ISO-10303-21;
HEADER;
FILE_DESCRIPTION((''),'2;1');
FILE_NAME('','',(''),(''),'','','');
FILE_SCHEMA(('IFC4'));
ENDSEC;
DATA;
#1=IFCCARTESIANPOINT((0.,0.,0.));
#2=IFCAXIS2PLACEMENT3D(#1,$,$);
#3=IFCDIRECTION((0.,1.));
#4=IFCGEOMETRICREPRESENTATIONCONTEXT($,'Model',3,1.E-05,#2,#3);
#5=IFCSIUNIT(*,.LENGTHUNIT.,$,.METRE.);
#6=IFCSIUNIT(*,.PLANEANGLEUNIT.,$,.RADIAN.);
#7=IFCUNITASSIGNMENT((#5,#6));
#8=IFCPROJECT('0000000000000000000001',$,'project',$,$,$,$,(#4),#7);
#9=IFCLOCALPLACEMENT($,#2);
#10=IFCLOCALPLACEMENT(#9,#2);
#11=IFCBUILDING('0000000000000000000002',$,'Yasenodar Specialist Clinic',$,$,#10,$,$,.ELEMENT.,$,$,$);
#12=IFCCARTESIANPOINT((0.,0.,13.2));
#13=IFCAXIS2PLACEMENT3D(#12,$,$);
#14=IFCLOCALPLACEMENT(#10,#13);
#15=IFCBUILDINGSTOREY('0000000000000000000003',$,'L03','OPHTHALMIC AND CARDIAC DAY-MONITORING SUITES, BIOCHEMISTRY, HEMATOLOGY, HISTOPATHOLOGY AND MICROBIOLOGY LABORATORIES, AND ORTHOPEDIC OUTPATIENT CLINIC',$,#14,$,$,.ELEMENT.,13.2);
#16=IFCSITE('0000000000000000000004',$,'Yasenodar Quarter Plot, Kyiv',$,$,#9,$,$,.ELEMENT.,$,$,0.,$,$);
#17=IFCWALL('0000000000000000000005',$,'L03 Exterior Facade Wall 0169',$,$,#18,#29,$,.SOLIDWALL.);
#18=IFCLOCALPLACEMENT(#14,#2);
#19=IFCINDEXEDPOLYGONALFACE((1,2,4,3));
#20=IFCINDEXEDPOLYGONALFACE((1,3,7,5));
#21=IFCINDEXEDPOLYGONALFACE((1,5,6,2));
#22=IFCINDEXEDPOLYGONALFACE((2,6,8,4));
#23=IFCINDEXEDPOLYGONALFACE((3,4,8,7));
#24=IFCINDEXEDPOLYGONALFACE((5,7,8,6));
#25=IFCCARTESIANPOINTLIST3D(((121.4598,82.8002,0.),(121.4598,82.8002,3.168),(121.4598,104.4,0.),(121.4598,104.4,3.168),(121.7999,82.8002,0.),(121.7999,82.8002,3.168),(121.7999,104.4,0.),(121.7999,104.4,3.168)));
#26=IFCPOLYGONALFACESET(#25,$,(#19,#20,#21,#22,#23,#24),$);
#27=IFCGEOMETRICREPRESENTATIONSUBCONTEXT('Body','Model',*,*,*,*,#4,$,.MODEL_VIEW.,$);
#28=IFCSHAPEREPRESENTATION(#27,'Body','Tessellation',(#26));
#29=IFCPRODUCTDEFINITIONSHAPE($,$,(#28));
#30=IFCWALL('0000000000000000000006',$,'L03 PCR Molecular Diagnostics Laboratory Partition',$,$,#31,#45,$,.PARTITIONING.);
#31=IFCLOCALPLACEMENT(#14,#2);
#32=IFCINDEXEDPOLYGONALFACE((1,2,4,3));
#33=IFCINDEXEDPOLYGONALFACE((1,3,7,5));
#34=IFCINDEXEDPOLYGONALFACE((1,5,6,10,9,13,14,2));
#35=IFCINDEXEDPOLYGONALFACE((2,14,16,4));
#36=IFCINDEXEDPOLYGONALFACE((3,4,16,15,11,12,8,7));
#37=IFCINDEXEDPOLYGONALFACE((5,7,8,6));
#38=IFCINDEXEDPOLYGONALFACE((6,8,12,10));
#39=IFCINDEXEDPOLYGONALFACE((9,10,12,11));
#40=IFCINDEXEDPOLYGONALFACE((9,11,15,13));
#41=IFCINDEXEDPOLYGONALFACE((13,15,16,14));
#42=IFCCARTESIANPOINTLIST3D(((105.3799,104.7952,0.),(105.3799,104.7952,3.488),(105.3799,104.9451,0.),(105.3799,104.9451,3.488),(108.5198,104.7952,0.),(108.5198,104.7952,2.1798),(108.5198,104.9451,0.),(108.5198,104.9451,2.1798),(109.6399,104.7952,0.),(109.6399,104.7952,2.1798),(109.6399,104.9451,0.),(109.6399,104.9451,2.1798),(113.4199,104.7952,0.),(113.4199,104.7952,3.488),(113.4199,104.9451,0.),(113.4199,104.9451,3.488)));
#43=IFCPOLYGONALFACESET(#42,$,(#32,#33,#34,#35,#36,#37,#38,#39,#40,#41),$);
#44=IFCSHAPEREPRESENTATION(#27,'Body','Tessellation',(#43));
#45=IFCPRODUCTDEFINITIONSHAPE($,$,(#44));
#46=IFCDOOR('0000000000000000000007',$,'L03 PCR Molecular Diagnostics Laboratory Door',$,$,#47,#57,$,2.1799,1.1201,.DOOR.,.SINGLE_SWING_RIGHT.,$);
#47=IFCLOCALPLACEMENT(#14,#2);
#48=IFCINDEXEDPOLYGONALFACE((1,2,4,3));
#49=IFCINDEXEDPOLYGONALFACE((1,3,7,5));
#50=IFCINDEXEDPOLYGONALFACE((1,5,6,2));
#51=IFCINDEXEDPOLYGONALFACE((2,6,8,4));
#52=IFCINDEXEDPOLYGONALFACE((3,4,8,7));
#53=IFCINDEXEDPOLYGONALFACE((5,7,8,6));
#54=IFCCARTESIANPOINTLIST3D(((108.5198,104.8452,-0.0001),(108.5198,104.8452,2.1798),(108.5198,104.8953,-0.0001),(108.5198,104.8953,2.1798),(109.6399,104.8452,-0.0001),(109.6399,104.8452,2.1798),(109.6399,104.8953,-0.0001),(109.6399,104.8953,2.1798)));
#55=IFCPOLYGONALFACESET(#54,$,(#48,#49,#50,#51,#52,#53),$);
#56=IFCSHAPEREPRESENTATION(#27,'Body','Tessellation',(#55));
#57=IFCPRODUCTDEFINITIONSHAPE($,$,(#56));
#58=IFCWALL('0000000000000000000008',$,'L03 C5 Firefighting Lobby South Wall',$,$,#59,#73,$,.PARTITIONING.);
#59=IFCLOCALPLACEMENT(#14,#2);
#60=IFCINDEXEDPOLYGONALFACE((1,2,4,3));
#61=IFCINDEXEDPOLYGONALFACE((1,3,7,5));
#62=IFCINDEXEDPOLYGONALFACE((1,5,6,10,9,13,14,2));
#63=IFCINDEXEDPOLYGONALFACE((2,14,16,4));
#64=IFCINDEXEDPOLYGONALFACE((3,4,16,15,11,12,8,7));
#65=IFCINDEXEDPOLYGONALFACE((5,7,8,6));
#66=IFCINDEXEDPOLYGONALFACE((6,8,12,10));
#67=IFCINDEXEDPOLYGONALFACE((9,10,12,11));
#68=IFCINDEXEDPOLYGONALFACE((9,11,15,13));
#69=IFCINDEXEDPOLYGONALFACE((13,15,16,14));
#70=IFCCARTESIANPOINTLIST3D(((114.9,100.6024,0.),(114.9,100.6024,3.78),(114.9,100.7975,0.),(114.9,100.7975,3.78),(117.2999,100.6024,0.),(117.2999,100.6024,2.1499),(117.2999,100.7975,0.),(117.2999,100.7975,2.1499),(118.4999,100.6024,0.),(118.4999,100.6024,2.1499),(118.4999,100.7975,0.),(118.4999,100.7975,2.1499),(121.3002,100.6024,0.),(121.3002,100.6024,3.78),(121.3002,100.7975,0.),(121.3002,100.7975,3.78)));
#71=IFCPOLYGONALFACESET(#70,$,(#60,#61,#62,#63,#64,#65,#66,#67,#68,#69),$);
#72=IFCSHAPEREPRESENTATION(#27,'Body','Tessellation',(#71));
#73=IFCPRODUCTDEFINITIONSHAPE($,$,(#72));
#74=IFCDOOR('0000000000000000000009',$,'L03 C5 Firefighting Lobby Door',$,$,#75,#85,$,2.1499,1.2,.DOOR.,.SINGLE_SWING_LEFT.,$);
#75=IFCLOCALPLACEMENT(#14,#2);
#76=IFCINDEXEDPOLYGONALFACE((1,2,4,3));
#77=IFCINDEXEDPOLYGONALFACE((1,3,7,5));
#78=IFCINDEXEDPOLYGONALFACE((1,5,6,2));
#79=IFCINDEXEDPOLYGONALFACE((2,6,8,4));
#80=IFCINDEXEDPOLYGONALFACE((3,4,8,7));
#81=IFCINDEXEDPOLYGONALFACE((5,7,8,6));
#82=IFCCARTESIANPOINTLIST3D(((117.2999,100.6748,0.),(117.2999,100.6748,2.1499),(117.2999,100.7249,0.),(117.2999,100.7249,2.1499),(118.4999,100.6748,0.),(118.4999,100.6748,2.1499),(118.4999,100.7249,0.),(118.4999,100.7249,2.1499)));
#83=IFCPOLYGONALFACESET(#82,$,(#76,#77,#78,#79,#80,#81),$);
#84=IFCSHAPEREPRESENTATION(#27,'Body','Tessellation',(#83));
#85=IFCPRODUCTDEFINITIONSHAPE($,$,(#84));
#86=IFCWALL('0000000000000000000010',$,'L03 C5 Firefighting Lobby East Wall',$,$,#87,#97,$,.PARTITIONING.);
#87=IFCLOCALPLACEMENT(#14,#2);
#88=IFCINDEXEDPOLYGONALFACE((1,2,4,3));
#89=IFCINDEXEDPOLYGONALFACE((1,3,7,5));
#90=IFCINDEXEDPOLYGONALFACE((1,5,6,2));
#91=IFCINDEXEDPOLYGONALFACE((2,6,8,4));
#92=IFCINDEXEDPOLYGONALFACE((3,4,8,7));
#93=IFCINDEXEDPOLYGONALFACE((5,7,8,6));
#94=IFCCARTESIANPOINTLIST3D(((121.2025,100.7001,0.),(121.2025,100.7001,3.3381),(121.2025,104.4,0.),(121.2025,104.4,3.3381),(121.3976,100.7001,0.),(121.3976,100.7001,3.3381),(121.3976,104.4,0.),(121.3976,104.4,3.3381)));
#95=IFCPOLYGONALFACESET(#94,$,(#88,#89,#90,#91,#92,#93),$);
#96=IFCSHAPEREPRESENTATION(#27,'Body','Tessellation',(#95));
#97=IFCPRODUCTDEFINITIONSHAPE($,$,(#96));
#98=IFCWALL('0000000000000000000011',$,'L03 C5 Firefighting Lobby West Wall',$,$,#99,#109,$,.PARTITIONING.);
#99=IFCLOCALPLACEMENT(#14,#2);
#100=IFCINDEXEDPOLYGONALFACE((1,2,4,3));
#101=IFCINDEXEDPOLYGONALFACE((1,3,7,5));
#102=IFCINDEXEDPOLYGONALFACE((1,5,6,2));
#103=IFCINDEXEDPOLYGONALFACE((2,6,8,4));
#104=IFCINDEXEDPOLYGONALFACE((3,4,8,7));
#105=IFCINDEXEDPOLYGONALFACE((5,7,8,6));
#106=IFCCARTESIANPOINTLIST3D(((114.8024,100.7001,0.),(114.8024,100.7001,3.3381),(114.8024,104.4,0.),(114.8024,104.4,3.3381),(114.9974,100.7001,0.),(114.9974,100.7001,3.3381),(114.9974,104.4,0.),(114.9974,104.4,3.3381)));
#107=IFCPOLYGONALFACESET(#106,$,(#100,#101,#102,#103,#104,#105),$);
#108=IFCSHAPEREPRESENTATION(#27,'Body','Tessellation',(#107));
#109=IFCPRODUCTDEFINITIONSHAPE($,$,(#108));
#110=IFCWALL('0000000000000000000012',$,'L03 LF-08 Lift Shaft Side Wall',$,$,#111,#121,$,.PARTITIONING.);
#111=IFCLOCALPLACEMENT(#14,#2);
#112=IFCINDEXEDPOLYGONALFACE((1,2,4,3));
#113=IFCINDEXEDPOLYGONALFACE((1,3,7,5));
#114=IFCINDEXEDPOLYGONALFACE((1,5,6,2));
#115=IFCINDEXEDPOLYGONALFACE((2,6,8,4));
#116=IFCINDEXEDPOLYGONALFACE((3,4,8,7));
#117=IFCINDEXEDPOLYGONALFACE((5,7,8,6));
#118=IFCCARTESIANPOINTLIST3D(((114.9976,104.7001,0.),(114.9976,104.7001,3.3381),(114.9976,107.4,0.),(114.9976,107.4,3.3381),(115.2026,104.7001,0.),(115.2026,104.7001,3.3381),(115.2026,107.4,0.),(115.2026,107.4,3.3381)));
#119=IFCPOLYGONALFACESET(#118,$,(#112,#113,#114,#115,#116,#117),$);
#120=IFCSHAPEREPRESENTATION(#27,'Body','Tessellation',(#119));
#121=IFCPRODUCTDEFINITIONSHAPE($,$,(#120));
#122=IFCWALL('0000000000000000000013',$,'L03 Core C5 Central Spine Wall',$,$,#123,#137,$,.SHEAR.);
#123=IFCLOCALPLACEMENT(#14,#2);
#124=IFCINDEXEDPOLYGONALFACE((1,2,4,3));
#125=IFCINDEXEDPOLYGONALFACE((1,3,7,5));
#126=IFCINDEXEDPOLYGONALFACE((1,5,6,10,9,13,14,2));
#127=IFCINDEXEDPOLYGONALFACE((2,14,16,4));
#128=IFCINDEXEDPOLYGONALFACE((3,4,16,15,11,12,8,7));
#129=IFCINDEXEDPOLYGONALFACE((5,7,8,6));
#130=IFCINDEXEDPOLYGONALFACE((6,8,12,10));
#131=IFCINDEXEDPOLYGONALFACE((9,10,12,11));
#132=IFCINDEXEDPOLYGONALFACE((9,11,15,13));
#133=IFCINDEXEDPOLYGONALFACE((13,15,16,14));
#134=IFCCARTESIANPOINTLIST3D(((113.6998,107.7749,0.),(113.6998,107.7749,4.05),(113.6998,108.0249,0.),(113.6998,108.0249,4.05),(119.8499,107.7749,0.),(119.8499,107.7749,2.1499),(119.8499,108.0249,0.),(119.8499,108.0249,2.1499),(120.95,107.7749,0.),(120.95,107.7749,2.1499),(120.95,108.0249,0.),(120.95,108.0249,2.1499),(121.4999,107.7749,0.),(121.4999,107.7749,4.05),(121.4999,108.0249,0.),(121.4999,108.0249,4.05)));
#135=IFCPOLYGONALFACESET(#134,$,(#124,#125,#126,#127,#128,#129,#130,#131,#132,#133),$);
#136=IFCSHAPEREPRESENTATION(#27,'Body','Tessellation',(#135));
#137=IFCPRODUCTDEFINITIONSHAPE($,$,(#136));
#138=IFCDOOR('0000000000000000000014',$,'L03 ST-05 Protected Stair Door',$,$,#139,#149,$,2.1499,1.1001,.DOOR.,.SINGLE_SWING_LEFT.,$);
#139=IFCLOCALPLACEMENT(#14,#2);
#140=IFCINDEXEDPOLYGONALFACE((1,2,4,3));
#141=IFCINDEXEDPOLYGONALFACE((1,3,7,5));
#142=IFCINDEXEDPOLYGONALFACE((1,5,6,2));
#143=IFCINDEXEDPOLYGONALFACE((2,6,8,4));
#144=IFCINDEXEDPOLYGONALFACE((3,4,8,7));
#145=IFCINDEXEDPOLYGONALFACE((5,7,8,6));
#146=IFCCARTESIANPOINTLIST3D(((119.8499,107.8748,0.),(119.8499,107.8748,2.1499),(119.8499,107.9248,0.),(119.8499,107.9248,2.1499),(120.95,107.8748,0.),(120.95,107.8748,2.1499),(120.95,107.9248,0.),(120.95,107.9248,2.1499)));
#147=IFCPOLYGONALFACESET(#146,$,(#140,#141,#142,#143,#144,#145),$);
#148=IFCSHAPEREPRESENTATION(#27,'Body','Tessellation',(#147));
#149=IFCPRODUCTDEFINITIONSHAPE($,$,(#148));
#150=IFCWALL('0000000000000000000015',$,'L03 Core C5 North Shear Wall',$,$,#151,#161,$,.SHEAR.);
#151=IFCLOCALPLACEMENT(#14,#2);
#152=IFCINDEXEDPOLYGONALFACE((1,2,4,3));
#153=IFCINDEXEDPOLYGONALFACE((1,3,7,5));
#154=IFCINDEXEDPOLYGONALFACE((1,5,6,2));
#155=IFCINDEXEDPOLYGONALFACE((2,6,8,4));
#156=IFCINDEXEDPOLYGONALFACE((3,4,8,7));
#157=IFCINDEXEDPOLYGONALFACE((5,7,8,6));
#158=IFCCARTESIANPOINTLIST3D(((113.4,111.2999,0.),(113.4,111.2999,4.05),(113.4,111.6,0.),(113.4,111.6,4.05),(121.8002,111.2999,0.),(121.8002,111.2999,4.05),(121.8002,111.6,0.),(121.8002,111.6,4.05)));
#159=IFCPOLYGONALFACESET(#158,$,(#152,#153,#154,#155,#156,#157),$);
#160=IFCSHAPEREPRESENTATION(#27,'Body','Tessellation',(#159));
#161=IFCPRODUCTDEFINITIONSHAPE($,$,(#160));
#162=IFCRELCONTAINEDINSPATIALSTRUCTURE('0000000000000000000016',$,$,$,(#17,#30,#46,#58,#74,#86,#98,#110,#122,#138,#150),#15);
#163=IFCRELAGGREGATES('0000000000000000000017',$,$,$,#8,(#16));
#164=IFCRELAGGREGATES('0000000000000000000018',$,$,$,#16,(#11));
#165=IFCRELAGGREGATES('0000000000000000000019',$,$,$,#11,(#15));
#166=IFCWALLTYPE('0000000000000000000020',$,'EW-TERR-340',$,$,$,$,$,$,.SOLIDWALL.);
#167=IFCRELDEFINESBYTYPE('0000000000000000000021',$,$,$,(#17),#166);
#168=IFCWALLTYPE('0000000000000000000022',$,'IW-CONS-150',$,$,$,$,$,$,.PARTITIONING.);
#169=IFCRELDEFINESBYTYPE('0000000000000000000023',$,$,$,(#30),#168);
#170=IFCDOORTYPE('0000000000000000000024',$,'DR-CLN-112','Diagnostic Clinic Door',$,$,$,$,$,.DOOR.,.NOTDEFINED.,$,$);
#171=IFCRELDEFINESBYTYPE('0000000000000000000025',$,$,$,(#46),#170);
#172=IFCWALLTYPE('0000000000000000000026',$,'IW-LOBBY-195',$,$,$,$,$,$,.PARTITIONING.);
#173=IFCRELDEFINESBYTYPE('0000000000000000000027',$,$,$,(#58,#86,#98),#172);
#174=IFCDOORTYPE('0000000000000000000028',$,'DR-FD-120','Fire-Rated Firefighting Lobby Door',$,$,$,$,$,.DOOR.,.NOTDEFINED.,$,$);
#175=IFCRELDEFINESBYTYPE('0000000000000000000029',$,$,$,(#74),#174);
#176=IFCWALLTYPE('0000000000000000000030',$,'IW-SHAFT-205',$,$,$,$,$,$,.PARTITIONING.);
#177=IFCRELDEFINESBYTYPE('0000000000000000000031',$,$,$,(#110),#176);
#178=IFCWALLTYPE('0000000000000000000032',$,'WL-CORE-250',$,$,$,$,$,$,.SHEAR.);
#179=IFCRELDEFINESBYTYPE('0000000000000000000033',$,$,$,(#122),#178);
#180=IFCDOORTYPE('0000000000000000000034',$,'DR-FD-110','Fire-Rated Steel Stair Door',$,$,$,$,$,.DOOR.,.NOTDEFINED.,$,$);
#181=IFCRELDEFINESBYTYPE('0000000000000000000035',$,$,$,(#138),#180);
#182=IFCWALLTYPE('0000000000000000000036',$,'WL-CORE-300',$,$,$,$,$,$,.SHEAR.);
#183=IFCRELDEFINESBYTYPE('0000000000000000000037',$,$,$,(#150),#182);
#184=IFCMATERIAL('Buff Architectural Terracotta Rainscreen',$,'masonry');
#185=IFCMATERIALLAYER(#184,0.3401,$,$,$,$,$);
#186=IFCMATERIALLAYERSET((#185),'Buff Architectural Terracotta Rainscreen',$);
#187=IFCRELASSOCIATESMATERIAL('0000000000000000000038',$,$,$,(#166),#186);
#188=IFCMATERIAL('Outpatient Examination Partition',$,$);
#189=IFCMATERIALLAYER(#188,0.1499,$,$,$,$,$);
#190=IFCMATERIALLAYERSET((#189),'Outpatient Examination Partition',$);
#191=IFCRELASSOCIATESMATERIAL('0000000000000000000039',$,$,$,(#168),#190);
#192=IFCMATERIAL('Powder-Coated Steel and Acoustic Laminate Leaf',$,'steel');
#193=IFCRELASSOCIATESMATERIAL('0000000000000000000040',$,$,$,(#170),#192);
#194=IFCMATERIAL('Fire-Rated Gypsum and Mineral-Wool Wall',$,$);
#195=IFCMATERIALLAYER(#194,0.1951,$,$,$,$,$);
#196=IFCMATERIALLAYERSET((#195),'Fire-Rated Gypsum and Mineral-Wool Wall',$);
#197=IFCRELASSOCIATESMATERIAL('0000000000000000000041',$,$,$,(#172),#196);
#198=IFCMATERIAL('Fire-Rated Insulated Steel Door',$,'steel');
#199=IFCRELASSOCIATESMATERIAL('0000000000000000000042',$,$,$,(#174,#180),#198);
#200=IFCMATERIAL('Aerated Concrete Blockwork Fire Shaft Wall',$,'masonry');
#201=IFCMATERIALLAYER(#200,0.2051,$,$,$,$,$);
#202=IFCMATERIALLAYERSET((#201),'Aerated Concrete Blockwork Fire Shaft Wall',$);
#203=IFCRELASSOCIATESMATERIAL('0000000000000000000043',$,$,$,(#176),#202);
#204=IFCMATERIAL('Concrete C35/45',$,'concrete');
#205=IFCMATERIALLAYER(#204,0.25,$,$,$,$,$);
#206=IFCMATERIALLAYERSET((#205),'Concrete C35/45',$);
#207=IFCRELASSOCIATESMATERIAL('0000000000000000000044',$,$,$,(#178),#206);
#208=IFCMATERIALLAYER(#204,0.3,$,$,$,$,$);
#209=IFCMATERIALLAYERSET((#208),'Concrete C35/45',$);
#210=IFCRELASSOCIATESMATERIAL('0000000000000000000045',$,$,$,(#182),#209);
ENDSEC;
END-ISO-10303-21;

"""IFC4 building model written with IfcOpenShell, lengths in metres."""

from ifc_helpers import new_model, si_unit, direction, frame, frame_2d, origin, place, context, subcontext, project, spatial, rectangle, extrude, material, layer, layer_set, type_object, element, fill, save


model = new_model("IFC4")

# Units and contexts
model_context = context("Model", 3, precision=1e-05, world=origin(), true_north=direction((0.0, 1.0)))
body_context = subcontext(model_context, "Body", "Model", "MODEL_VIEW")
ifc_project = project(units=[si_unit("LENGTHUNIT", "METRE"), si_unit("PLANEANGLEUNIT", "RADIAN")], contexts=[model_context])

# Site, building, storey
site_placement = place(None, origin())
site = spatial("IfcSite", under=ifc_project, at=site_placement, Name="Yasenodar Quarter Plot, Kyiv", CompositionType="ELEMENT", RefElevation=0.0)
building_placement = place(site_placement, origin())
building = spatial("IfcBuilding", under=site, at=building_placement, Name="Yasenodar Specialist Clinic", CompositionType="ELEMENT")
storey_placement = place(building_placement, frame((0.0, 0.0, 13.2)))
storey = spatial("IfcBuildingStorey", under=building, at=storey_placement, Name="L03", Description="OPHTHALMIC AND CARDIAC DAY-MONITORING SUITES, BIOCHEMISTRY, HEMATOLOGY, HISTOPATHOLOGY AND MICROBIOLOGY LABORATORIES, AND ORTHOPEDIC OUTPATIENT CLINIC", CompositionType="ELEMENT", Elevation=13.2)

# Wall
ifc_material_1 = material(Name="Buff Architectural Terracotta Rainscreen", Category="masonry")
ifc_layer_1 = layer(ifc_material_1, 0.3401)
ifc_layer_set_1 = layer_set([ifc_layer_1], Name="Buff Architectural Terracotta Rainscreen")
wall_type_1 = type_object("IfcWallType", Name="EW-TERR-340", PredefinedType="SOLIDWALL", material=ifc_layer_set_1)
wall_1_placement = place(storey_placement, frame((121.6299, 104.3999, 0.0), z_axis=(0.0, 0.0, 1.0), x_axis=(0.0, -1.0, 0.0)))
element("IfcWall", 1, at=wall_1_placement, inside=storey, type_object=wall_type_1, Name="L03 Exterior Facade Wall 0169", PredefinedType="SOLIDWALL", context=body_context, shape_type="SweptSolid", body=[
    extrude(rectangle(XDim=21.5999, YDim=0.3401, at=frame_2d((10.7998, 0.0))), origin(), (0.0, 0.0, 1.0), 3.168),
])

# Walls, openings, doors
ifc_material_2 = material(Name="Outpatient Examination Partition")
ifc_layer_2 = layer(ifc_material_2, 0.1499)
ifc_layer_set_2 = layer_set([ifc_layer_2], Name="Outpatient Examination Partition")
wall_type_2 = type_object("IfcWallType", Name="IW-CONS-150", PredefinedType="PARTITIONING", material=ifc_layer_set_2)
wall_2_placement = place(storey_placement, frame((113.4199, 104.8701, 0.0), z_axis=(0.0, 0.0, 1.0), x_axis=(-1.0, 0.0, 0.0)))
wall_2 = element("IfcWall", 2, at=wall_2_placement, inside=storey, type_object=wall_type_2, Name="L03 PCR Molecular Diagnostics Laboratory Partition", PredefinedType="PARTITIONING", context=body_context, shape_type="SweptSolid", body=[
    extrude(rectangle(XDim=8.04, YDim=0.1499, at=frame_2d((4.02, 0.0))), origin(), (0.0, 0.0, 1.0), 3.488),
])
opening_1_placement = place(wall_2_placement, frame((3.78, 0.0, 0.0)))
opening_1 = element("IfcOpeningElement", 3, at=opening_1_placement, cuts=wall_2, PredefinedType="OPENING", context=body_context, shape_type="SweptSolid", body=[
    extrude(rectangle(XDim=1.1201, YDim=2.1799, at=frame_2d((0.5601, 1.0898))), frame((0.0, 0.085, 0.0), z_axis=(0.0, -1.0, 0.0), x_axis=(1.0, 0.0, 0.0)), (0.0, 0.0, 1.0), 0.1699),
])
ifc_material_3 = material(Name="Powder-Coated Steel and Acoustic Laminate Leaf", Category="steel")
door_type_1 = type_object("IfcDoorType", Name="DR-CLN-112", Description="Diagnostic Clinic Door", OperationType="NOTDEFINED", PredefinedType="DOOR", material=ifc_material_3)
door_1_placement = place(opening_1_placement, origin())
door_1 = element("IfcDoor", 4, at=door_1_placement, inside=storey, type_object=door_type_1, Name="L03 PCR Molecular Diagnostics Laboratory Door", OperationType="SINGLE_SWING_RIGHT", OverallHeight=2.1799, OverallWidth=1.1201, PredefinedType="DOOR", context=body_context, shape_type="SweptSolid", body=[
    extrude(rectangle(XDim=1.1201, YDim=2.1799, at=frame_2d((0.5601, 1.0898))), frame((0.0, 0.0249, 0.0), z_axis=(0.0, -1.0, 0.0), x_axis=(1.0, 0.0, 0.0)), (0.0, 0.0, 1.0), 0.05),
])
fill(opening_1, door_1)
ifc_material_4 = material(Name="Fire-Rated Gypsum and Mineral-Wool Wall")
ifc_layer_3 = layer(ifc_material_4, 0.1951)
ifc_layer_set_3 = layer_set([ifc_layer_3], Name="Fire-Rated Gypsum and Mineral-Wool Wall")
wall_type_3 = type_object("IfcWallType", Name="IW-LOBBY-195", PredefinedType="PARTITIONING", material=ifc_layer_set_3)
wall_3_placement = place(storey_placement, frame((114.8999, 100.7, 0.0), z_axis=(0.0, 0.0, 1.0), x_axis=(1.0, 0.0, 0.0)))
wall_3 = element("IfcWall", 5, at=wall_3_placement, inside=storey, type_object=wall_type_3, Name="L03 C5 Firefighting Lobby South Wall", PredefinedType="PARTITIONING", context=body_context, shape_type="SweptSolid", body=[
    extrude(rectangle(XDim=6.4001, YDim=0.1951, at=frame_2d((3.2002, 0.0))), origin(), (0.0, 0.0, 1.0), 3.78),
])
opening_2_placement = place(wall_3_placement, frame((2.3999, 0.0, 0.0)))
opening_2 = element("IfcOpeningElement", 6, at=opening_2_placement, cuts=wall_3, PredefinedType="OPENING", context=body_context, shape_type="SweptSolid", body=[
    extrude(rectangle(XDim=1.2, YDim=2.1499, at=frame_2d((0.6001, 1.075))), frame((0.0, 0.1074, 0.0), z_axis=(0.0, -1.0, 0.0), x_axis=(1.0, 0.0, 0.0)), (0.0, 0.0, 1.0), 0.2151),
])
ifc_material_5 = material(Name="Fire-Rated Insulated Steel Door", Category="steel")
door_type_2 = type_object("IfcDoorType", Name="DR-FD-120", Description="Fire-Rated Firefighting Lobby Door", OperationType="NOTDEFINED", PredefinedType="DOOR", material=ifc_material_5)
door_2_placement = place(opening_2_placement, origin())
door_2 = element("IfcDoor", 7, at=door_2_placement, inside=storey, type_object=door_type_2, Name="L03 C5 Firefighting Lobby Door", OperationType="SINGLE_SWING_LEFT", OverallHeight=2.1499, OverallWidth=1.2, PredefinedType="DOOR", context=body_context, shape_type="SweptSolid", body=[
    extrude(rectangle(XDim=1.2, YDim=2.1499, at=frame_2d((0.6001, 1.075))), frame((0.0, 0.0249, 0.0), z_axis=(0.0, -1.0, 0.0), x_axis=(1.0, 0.0, 0.0)), (0.0, 0.0, 1.0), 0.05),
])
fill(opening_2, door_2)

# Walls
for number, where, z_axis, x_axis, name in (
    (8, (121.3, 100.7, 0.0), (0.0, 0.0, 1.0), (0.0, 1.0, 0.0), "L03 C5 Firefighting Lobby East Wall"),
    (9, (114.8999, 100.7, 0.0), (0.0, 0.0, 1.0), (0.0, 1.0, 0.0), "L03 C5 Firefighting Lobby West Wall"),
):
    element("IfcWall", number, at=place(storey_placement, frame(where, z_axis=z_axis, x_axis=x_axis)), inside=storey, type_object=wall_type_3, Name=name, PredefinedType="PARTITIONING", context=body_context, shape_type="SweptSolid", body=[
        extrude(rectangle(XDim=3.7, YDim=0.1951, at=frame_2d((1.8501, 0.0))), origin(), (0.0, 0.0, 1.0), 3.3381),
    ])
ifc_material_6 = material(Name="Aerated Concrete Blockwork Fire Shaft Wall", Category="masonry")
ifc_layer_4 = layer(ifc_material_6, 0.2051)
ifc_layer_set_4 = layer_set([ifc_layer_4], Name="Aerated Concrete Blockwork Fire Shaft Wall")
wall_type_4 = type_object("IfcWallType", Name="IW-SHAFT-205", PredefinedType="PARTITIONING", material=ifc_layer_set_4)
wall_4_placement = place(storey_placement, frame((115.1001, 104.7, 0.0), z_axis=(0.0, 0.0, 1.0), x_axis=(0.0, 1.0, 0.0)))
element("IfcWall", 10, at=wall_4_placement, inside=storey, type_object=wall_type_4, Name="L03 LF-08 Lift Shaft Side Wall", PredefinedType="PARTITIONING", context=body_context, shape_type="SweptSolid", body=[
    extrude(rectangle(XDim=2.7, YDim=0.2051, at=frame_2d((1.3501, 0.0))), origin(), (0.0, 0.0, 1.0), 3.3381),
])

# Wall, opening, door
ifc_material_7 = material(Name="Concrete C35/45", Category="concrete")
ifc_layer_5 = layer(ifc_material_7, 0.25)
ifc_layer_set_5 = layer_set([ifc_layer_5], Name="Concrete C35/45")
wall_type_5 = type_object("IfcWallType", Name="WL-CORE-250", PredefinedType="SHEAR", material=ifc_layer_set_5)
wall_5_placement = place(storey_placement, frame((113.7, 107.8999, 0.0), z_axis=(0.0, 0.0, 1.0), x_axis=(1.0, 0.0, 0.0)))
wall_5 = element("IfcWall", 11, at=wall_5_placement, inside=storey, type_object=wall_type_5, Name="L03 Core C5 Central Spine Wall", PredefinedType="SHEAR", context=body_context, shape_type="SweptSolid", body=[
    extrude(rectangle(XDim=7.8, YDim=0.25, at=frame_2d((3.8999, 0.0))), origin(), (0.0, 0.0, 1.0), 4.05),
])
opening_3_placement = place(wall_5_placement, frame((6.1499, 0.0, 0.0)))
opening_3 = element("IfcOpeningElement", 12, at=opening_3_placement, cuts=wall_5, PredefinedType="OPENING", context=body_context, shape_type="SweptSolid", body=[
    extrude(rectangle(XDim=1.1001, YDim=2.1499, at=frame_2d((0.55, 1.075))), frame((0.0, 0.135, 0.0), z_axis=(0.0, -1.0, 0.0), x_axis=(1.0, 0.0, 0.0)), (0.0, 0.0, 1.0), 0.27),
])
door_type_3 = type_object("IfcDoorType", Name="DR-FD-110", Description="Fire-Rated Steel Stair Door", OperationType="NOTDEFINED", PredefinedType="DOOR", material=ifc_material_5)
door_3_placement = place(opening_3_placement, origin())
door_3 = element("IfcDoor", 13, at=door_3_placement, inside=storey, type_object=door_type_3, Name="L03 ST-05 Protected Stair Door", OperationType="SINGLE_SWING_LEFT", OverallHeight=2.1499, OverallWidth=1.1001, PredefinedType="DOOR", context=body_context, shape_type="SweptSolid", body=[
    extrude(rectangle(XDim=1.1001, YDim=2.1499, at=frame_2d((0.55, 1.075))), frame((0.0, 0.0249, 0.0), z_axis=(0.0, -1.0, 0.0), x_axis=(1.0, 0.0, 0.0)), (0.0, 0.0, 1.0), 0.05),
])
fill(opening_3, door_3)

# Wall
ifc_layer_6 = layer(ifc_material_7, 0.3)
ifc_layer_set_6 = layer_set([ifc_layer_6], Name="Concrete C35/45")
wall_type_6 = type_object("IfcWallType", Name="WL-CORE-300", PredefinedType="SHEAR", material=ifc_layer_set_6)
wall_6_placement = place(storey_placement, frame((113.3999, 111.45, 0.0), z_axis=(0.0, 0.0, 1.0), x_axis=(1.0, 0.0, 0.0)))
element("IfcWall", 14, at=wall_6_placement, inside=storey, type_object=wall_type_6, Name="L03 Core C5 North Shear Wall", PredefinedType="SHEAR", context=body_context, shape_type="SweptSolid", body=[
    extrude(rectangle(XDim=8.4001, YDim=0.3, at=frame_2d((4.2002, 0.0))), origin(), (0.0, 0.0, 1.0), 4.05),
])

save(model, "model.ifc")
